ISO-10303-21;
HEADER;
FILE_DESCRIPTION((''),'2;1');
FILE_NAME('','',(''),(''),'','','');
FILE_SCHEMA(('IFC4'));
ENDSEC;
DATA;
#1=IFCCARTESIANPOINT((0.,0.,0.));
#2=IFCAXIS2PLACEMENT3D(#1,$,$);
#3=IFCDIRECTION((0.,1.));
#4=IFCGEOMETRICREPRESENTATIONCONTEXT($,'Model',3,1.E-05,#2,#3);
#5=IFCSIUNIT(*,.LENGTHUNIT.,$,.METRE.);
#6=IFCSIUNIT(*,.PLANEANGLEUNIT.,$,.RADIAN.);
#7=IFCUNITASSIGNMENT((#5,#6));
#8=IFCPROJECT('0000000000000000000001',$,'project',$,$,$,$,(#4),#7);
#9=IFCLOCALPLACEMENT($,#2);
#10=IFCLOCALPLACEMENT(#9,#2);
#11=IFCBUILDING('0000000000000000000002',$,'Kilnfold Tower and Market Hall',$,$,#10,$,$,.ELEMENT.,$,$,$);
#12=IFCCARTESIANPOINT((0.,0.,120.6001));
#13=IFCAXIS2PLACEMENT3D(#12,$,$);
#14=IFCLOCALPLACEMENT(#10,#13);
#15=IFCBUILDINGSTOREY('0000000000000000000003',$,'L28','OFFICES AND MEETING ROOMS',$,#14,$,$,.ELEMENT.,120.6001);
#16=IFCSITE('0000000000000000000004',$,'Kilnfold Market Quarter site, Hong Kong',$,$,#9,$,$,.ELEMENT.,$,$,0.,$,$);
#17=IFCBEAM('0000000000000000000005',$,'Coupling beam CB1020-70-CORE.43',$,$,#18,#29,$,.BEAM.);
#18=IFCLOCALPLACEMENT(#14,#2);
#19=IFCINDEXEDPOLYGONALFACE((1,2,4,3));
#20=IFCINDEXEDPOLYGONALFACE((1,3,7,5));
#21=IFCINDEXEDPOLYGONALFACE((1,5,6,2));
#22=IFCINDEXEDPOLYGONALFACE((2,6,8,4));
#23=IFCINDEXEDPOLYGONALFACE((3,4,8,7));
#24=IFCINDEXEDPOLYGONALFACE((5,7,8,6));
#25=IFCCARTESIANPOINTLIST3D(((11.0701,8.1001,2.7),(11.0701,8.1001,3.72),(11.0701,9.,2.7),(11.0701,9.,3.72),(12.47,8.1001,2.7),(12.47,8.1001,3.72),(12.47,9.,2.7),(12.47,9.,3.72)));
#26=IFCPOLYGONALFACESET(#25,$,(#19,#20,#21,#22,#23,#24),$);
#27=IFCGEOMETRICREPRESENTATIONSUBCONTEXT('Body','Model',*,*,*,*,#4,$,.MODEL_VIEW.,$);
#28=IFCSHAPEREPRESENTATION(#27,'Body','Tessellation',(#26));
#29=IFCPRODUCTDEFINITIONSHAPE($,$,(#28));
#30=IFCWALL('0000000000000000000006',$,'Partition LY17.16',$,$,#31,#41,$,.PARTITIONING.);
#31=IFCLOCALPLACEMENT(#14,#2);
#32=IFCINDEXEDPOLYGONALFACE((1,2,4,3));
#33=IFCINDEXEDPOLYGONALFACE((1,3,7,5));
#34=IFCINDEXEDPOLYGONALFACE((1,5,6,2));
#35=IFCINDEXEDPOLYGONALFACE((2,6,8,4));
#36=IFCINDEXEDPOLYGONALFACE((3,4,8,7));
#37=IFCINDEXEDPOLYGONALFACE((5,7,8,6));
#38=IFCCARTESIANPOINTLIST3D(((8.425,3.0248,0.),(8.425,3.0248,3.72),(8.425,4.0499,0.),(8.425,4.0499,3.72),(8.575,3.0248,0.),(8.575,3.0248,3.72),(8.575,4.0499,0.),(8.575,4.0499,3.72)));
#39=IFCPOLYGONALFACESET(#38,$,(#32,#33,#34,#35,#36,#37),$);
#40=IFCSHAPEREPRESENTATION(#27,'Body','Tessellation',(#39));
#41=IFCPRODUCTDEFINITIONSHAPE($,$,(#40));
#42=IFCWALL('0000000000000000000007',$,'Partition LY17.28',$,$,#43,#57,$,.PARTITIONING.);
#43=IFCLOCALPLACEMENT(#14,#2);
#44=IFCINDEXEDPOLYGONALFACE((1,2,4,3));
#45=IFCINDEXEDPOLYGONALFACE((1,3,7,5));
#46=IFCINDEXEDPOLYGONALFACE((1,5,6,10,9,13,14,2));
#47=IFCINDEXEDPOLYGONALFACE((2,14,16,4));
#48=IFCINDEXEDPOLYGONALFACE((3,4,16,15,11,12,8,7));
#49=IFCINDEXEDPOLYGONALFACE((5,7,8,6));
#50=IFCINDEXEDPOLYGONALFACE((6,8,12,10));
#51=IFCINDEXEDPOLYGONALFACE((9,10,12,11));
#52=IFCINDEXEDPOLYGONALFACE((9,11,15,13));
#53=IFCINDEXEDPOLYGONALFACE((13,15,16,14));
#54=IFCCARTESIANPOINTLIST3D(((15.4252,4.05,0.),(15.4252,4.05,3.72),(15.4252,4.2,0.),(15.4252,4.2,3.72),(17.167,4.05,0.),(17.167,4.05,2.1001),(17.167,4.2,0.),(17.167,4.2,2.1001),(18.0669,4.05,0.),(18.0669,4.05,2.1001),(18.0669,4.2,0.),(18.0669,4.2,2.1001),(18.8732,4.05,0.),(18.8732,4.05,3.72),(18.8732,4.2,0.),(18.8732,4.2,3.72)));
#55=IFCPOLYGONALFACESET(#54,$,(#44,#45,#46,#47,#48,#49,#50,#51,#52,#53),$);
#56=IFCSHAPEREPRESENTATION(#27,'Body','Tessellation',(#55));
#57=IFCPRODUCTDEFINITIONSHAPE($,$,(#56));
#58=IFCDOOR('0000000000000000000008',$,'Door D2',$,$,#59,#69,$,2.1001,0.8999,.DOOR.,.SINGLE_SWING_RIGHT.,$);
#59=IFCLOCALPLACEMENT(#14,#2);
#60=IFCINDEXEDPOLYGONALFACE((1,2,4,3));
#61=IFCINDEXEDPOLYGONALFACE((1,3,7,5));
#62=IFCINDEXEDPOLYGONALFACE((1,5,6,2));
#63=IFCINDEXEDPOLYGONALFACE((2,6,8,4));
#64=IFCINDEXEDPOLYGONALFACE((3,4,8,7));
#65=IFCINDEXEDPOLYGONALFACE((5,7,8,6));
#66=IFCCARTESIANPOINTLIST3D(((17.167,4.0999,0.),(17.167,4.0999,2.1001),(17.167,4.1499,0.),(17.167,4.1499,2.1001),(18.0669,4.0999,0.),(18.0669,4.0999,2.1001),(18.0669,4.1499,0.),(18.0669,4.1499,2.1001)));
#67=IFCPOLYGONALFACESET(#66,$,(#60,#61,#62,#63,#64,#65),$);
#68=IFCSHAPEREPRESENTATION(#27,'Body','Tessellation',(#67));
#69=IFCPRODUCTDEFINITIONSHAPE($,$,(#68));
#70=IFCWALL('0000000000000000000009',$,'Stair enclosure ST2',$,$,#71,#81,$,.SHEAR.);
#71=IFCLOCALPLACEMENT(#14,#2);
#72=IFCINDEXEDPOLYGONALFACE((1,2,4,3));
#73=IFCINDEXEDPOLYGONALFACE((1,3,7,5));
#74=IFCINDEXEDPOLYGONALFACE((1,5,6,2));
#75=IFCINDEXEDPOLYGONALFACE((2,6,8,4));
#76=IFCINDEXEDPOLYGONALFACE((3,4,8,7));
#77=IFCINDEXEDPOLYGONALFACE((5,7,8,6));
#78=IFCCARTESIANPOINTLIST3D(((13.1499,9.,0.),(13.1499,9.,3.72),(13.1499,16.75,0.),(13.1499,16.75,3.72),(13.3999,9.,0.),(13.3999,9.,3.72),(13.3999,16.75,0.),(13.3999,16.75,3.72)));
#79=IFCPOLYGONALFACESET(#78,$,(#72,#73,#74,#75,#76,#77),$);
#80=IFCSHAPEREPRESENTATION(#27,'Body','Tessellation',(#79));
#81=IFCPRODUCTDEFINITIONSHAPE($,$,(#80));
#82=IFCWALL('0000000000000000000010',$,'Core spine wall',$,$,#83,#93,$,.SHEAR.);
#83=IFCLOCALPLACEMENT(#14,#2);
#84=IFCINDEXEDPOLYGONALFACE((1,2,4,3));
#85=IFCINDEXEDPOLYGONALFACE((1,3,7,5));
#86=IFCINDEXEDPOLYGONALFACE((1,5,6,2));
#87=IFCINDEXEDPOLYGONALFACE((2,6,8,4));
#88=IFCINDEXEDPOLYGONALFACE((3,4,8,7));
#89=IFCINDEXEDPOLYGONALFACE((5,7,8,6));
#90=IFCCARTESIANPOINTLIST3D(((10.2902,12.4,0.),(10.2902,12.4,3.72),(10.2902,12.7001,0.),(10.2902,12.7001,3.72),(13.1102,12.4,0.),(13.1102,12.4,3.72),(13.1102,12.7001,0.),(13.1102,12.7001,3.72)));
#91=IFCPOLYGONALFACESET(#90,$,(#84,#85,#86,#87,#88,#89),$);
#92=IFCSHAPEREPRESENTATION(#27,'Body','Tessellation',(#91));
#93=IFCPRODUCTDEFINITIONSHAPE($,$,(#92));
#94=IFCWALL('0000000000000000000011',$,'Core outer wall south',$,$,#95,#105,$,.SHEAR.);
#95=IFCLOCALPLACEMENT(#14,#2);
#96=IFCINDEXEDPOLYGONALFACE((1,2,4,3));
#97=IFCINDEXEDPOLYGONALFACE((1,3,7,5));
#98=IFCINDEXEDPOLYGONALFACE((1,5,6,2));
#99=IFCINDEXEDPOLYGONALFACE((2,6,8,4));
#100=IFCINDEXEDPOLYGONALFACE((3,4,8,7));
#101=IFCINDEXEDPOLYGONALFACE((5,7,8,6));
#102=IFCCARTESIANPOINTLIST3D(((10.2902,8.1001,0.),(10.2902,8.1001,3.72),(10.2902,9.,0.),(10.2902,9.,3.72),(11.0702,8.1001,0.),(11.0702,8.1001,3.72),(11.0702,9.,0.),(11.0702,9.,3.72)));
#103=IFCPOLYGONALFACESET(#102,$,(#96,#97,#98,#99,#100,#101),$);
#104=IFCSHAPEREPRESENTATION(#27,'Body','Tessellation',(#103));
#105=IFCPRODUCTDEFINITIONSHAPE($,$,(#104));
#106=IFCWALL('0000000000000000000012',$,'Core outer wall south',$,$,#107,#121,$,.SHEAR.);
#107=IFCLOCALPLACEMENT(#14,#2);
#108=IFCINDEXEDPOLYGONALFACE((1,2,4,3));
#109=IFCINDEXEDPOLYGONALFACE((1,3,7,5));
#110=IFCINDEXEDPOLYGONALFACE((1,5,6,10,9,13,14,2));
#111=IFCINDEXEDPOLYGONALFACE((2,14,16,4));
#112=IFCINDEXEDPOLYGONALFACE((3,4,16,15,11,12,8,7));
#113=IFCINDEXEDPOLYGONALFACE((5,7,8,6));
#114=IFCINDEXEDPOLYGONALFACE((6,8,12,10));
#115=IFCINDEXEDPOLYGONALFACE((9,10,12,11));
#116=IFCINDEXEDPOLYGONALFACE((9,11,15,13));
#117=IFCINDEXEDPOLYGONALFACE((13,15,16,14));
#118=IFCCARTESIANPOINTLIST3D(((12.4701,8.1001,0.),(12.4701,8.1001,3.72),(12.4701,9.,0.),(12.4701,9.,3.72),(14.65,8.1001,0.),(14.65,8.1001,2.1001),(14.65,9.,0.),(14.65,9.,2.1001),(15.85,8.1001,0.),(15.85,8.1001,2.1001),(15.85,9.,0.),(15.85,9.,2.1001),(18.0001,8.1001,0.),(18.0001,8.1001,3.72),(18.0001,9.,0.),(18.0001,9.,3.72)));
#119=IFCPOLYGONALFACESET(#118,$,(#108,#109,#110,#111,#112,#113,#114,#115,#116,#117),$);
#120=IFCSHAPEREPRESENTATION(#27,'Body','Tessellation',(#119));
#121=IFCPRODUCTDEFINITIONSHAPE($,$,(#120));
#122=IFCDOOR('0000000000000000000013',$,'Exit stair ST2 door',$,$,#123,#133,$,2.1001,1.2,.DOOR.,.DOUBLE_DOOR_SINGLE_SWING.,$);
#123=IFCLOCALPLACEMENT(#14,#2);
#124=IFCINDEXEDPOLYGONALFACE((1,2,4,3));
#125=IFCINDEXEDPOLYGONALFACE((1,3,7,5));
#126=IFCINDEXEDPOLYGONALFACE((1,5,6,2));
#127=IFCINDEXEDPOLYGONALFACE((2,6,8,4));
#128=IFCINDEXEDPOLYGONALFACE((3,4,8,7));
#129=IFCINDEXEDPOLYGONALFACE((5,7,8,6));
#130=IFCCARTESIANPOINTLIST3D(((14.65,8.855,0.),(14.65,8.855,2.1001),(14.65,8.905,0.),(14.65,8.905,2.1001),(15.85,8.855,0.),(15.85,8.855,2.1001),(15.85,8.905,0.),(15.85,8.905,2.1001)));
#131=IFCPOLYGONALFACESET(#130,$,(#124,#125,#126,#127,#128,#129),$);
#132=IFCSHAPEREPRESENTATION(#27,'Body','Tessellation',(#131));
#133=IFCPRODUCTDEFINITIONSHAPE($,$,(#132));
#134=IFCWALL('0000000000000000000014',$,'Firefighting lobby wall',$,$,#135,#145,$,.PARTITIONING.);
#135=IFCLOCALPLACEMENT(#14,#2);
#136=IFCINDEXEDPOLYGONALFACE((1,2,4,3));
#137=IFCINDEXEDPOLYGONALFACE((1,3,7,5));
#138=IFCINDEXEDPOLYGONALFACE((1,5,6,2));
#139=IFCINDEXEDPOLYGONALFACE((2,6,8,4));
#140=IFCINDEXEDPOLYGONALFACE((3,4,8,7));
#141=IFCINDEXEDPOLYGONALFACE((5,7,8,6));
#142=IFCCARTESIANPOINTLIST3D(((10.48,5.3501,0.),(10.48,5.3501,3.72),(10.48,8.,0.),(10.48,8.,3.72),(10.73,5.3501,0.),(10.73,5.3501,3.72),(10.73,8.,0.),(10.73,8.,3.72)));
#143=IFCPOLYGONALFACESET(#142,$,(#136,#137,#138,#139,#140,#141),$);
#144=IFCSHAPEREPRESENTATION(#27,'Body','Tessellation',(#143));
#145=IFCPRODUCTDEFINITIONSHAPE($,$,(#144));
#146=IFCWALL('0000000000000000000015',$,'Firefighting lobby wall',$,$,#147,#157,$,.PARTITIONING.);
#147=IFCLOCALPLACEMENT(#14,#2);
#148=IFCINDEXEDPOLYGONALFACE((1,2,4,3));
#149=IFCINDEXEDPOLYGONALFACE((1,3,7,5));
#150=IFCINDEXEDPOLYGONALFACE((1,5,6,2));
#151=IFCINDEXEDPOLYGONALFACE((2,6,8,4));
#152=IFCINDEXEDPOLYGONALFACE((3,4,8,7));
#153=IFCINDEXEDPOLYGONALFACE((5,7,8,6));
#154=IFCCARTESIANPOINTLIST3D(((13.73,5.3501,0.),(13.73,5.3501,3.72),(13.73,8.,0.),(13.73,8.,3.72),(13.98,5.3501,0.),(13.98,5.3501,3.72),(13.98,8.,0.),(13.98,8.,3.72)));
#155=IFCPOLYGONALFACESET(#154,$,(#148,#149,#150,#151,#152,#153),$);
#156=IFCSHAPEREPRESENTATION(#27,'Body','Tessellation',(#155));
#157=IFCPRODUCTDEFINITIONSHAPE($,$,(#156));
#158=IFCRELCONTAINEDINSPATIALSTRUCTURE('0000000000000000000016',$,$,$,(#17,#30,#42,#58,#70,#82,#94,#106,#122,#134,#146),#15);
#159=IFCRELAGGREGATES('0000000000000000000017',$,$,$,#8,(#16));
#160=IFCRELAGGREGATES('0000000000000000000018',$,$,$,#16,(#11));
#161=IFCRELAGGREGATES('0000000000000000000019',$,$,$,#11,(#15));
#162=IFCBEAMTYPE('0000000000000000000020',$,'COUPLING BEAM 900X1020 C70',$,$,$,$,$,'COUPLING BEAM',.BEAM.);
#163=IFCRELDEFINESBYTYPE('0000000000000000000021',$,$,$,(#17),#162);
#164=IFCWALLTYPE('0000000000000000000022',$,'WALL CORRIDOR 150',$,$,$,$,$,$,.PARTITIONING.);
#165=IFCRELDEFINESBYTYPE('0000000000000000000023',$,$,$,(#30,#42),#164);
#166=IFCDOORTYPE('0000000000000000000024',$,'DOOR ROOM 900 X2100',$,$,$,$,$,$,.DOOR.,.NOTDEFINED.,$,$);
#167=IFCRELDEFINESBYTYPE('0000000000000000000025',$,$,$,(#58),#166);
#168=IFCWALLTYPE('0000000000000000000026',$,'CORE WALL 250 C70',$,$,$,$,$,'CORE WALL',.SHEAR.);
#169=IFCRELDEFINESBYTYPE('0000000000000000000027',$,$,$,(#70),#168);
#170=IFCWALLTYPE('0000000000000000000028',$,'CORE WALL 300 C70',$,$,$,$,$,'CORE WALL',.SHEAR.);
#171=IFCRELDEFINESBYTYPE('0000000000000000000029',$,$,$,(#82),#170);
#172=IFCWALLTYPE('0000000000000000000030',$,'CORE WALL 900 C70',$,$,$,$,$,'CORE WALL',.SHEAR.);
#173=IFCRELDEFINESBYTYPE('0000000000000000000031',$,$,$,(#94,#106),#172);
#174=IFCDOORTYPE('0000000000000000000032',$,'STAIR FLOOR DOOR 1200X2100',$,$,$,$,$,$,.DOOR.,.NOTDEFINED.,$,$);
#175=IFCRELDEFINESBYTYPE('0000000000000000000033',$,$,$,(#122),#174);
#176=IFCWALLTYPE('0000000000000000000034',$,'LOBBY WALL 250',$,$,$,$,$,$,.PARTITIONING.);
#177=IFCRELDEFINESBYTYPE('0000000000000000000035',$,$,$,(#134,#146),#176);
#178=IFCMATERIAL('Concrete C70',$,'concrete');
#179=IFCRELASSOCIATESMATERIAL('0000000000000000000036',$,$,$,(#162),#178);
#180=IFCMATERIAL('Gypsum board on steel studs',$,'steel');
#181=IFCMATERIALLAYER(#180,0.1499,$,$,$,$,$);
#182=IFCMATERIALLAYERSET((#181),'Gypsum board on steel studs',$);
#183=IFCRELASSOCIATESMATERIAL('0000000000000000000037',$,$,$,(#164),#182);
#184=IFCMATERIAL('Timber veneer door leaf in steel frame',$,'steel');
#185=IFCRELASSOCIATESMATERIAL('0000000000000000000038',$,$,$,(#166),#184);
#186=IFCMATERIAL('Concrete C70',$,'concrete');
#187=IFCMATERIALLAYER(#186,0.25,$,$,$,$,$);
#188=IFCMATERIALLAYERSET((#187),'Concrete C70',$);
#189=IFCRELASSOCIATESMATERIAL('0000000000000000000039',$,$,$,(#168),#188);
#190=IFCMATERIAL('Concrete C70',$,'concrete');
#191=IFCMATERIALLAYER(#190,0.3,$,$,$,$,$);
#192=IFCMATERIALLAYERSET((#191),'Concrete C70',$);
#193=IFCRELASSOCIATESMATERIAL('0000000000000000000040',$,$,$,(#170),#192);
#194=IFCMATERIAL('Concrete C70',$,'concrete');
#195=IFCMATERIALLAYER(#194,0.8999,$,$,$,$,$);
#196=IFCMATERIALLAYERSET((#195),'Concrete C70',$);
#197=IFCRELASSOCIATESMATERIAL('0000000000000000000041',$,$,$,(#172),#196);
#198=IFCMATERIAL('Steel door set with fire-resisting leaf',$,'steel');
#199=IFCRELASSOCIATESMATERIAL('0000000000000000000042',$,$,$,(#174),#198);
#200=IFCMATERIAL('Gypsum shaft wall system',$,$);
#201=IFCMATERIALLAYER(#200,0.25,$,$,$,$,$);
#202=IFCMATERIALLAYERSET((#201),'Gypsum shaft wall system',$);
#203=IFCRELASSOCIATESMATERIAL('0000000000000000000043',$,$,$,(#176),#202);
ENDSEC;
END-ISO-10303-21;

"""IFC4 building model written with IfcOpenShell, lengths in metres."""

from ifc_helpers import new_model, si_unit, direction, frame, frame_2d, origin, origin_2d, place, context, subcontext, project, spatial, rectangle, extrude, source, transform, mapped, material, layer, layer_set, material_profile, profile_set, type_object, element, fill, save


model = new_model("IFC4")

# Units and contexts
model_context = context("Model", 3, precision=1e-05, world=origin(), true_north=direction((0.0, 1.0)))
body_context = subcontext(model_context, "Body", "Model", "MODEL_VIEW")
ifc_project = project(units=[si_unit("LENGTHUNIT", "METRE"), si_unit("PLANEANGLEUNIT", "RADIAN")], contexts=[model_context])

# Site, building, storey
site_placement = place(None, origin())
site = spatial("IfcSite", under=ifc_project, at=site_placement, Name="Kilnfold Market Quarter site, Hong Kong", CompositionType="ELEMENT", RefElevation=0.0)
building_placement = place(site_placement, origin())
building = spatial("IfcBuilding", under=site, at=building_placement, Name="Kilnfold Tower and Market Hall", CompositionType="ELEMENT")
storey_placement = place(building_placement, frame((0.0, 0.0, 120.6001)))
storey = spatial("IfcBuildingStorey", under=building, at=storey_placement, Name="L28", Description="OFFICES AND MEETING ROOMS", CompositionType="ELEMENT", Elevation=120.6001)

# Beam
ifc_material_1 = material(Name="Concrete C70", Category="concrete")
ifc_material_profile = material_profile(ifc_material_1, rectangle(XDim=0.8999, YDim=1.02, at=origin_2d()), Name="RC 900x1020")
ifc_profile_set = profile_set([ifc_material_profile], Name="Concrete C70")
beam_type = type_object("IfcBeamType", Name="COUPLING BEAM 900X1020 C70", ElementType="COUPLING BEAM", PredefinedType="BEAM", material=ifc_profile_set)
shared_shape_1 = source(origin(), body_context, "Body", "SweptSolid", [
    extrude(rectangle(XDim=0.8999, YDim=1.02, at=origin_2d()), origin(), (0.0, 0.0, 1.0), 1.3999),
])
beam_placement = place(storey_placement, frame((11.0701, 8.55, 3.21), z_axis=(1.0, 0.0, 0.0), x_axis=(0.0, 1.0, 0.0)))
element("IfcBeam", 1, at=beam_placement, inside=storey, type_object=beam_type, Name="Coupling beam CB1020-70-CORE.43", PredefinedType="BEAM", context=body_context, shape_type="MappedRepresentation", body=[
    mapped(shared_shape_1, transform((0.0, 0.0, 0.0))),
])

# Wall
ifc_material_2 = material(Name="Gypsum board on steel studs", Category="steel")
ifc_layer_1 = layer(ifc_material_2, 0.1499)
ifc_layer_set_1 = layer_set([ifc_layer_1], Name="Gypsum board on steel studs")
wall_type_1 = type_object("IfcWallType", Name="WALL CORRIDOR 150", PredefinedType="PARTITIONING", material=ifc_layer_set_1)
wall_1_placement = place(storey_placement, frame((8.5, 4.05, 0.0), z_axis=(0.0, 0.0, 1.0), x_axis=(0.0, -1.0, 0.0)))
element("IfcWall", 2, at=wall_1_placement, inside=storey, type_object=wall_type_1, Name="Partition LY17.16", PredefinedType="PARTITIONING", context=body_context, shape_type="SweptSolid", body=[
    extrude(rectangle(XDim=1.0251, YDim=0.1499, at=frame_2d((0.5127, 0.0))), origin(), (0.0, 0.0, 1.0), 3.72),
])

# Wall, opening, door
wall_2_placement = place(storey_placement, frame((15.425, 4.125, 0.0), z_axis=(0.0, 0.0, 1.0), x_axis=(1.0, 0.0, 0.0)))
wall_2 = element("IfcWall", 3, at=wall_2_placement, inside=storey, type_object=wall_type_1, Name="Partition LY17.28", PredefinedType="PARTITIONING", context=body_context, shape_type="SweptSolid", body=[
    extrude(rectangle(XDim=3.448, YDim=0.1499, at=frame_2d((1.7241, 0.0))), origin(), (0.0, 0.0, 1.0), 3.72),
])
opening_1_placement = place(wall_2_placement, frame((1.7419, 0.0, 0.0)))
opening_1 = element("IfcOpeningElement", 4, at=opening_1_placement, cuts=wall_2, PredefinedType="OPENING", context=body_context, shape_type="SweptSolid", body=[
    extrude(rectangle(XDim=0.8999, YDim=2.1001, at=frame_2d((0.45, 1.05))), frame((0.0, 0.085, 0.0), z_axis=(0.0, -1.0, 0.0), x_axis=(1.0, 0.0, 0.0)), (0.0, 0.0, 1.0), 0.1699),
])
ifc_material_3 = material(Name="Timber veneer door leaf in steel frame", Category="steel")
door_type_1 = type_object("IfcDoorType", Name="DOOR ROOM 900 X2100", OperationType="NOTDEFINED", PredefinedType="DOOR", material=ifc_material_3)
door_1_placement = place(opening_1_placement, origin())
door_1 = element("IfcDoor", 5, at=door_1_placement, inside=storey, type_object=door_type_1, Name="Door D2", OperationType="SINGLE_SWING_RIGHT", OverallHeight=2.1001, OverallWidth=0.8999, PredefinedType="DOOR", context=body_context, shape_type="SweptSolid", body=[
    extrude(rectangle(XDim=0.8999, YDim=2.1001, at=frame_2d((0.45, 1.05))), frame((0.0, 0.0249, 0.0), z_axis=(0.0, -1.0, 0.0), x_axis=(1.0, 0.0, 0.0)), (0.0, 0.0, 1.0), 0.05),
])
fill(opening_1, door_1)

# Walls
ifc_material_4 = material(Name="Concrete C70", Category="concrete")
ifc_layer_2 = layer(ifc_material_4, 0.25)
ifc_layer_set_2 = layer_set([ifc_layer_2], Name="Concrete C70")
wall_type_2 = type_object("IfcWallType", Name="CORE WALL 250 C70", ElementType="CORE WALL", PredefinedType="SHEAR", material=ifc_layer_set_2)
shared_shape_2 = source(origin(), body_context, "Body", "SweptSolid", [
    extrude(rectangle(XDim=7.75, YDim=0.25, at=frame_2d((3.875, 0.0))), origin(), (0.0, 0.0, 1.0), 3.72),
])
wall_3_placement = place(storey_placement, frame((13.2749, 9.0, 0.0), z_axis=(0.0, 0.0, 1.0), x_axis=(0.0, 1.0, 0.0)))
element("IfcWall", 6, at=wall_3_placement, inside=storey, type_object=wall_type_2, Name="Stair enclosure ST2", PredefinedType="SHEAR", context=body_context, shape_type="MappedRepresentation", body=[
    mapped(shared_shape_2, transform((0.0, 0.0, 0.0))),
])
ifc_material_5 = material(Name="Concrete C70", Category="concrete")
ifc_layer_3 = layer(ifc_material_5, 0.3)
ifc_layer_set_3 = layer_set([ifc_layer_3], Name="Concrete C70")
wall_type_3 = type_object("IfcWallType", Name="CORE WALL 300 C70", ElementType="CORE WALL", PredefinedType="SHEAR", material=ifc_layer_set_3)
shared_shape_3 = source(origin(), body_context, "Body", "SweptSolid", [
    extrude(rectangle(XDim=2.8201, YDim=0.3, at=frame_2d((1.4102, 0.0))), origin(), (0.0, 0.0, 1.0), 3.72),
])
wall_4_placement = place(storey_placement, frame((10.29, 12.55, 0.0), z_axis=(0.0, 0.0, 1.0), x_axis=(1.0, 0.0, 0.0)))
element("IfcWall", 7, at=wall_4_placement, inside=storey, type_object=wall_type_3, Name="Core spine wall", PredefinedType="SHEAR", context=body_context, shape_type="MappedRepresentation", body=[
    mapped(shared_shape_3, transform((0.0, 0.0, 0.0))),
])
ifc_material_6 = material(Name="Concrete C70", Category="concrete")
ifc_layer_4 = layer(ifc_material_6, 0.8999)
ifc_layer_set_4 = layer_set([ifc_layer_4], Name="Concrete C70")
wall_type_4 = type_object("IfcWallType", Name="CORE WALL 900 C70", ElementType="CORE WALL", PredefinedType="SHEAR", material=ifc_layer_set_4)
shared_shape_4 = source(origin(), body_context, "Body", "SweptSolid", [
    extrude(rectangle(XDim=0.78, YDim=0.8999, at=frame_2d((0.3901, 0.0))), origin(), (0.0, 0.0, 1.0), 3.72),
])
wall_5_placement = place(storey_placement, frame((10.29, 8.55, 0.0), z_axis=(0.0, 0.0, 1.0), x_axis=(1.0, 0.0, 0.0)))
element("IfcWall", 8, at=wall_5_placement, inside=storey, type_object=wall_type_4, Name="Core outer wall south", PredefinedType="SHEAR", context=body_context, shape_type="MappedRepresentation", body=[
    mapped(shared_shape_4, transform((0.0, 0.0, 0.0))),
])

# Wall, opening, door
shared_shape_5 = source(origin(), body_context, "Body", "SweptSolid", [
    extrude(rectangle(XDim=5.53, YDim=0.8999, at=frame_2d((2.7651, 0.0))), origin(), (0.0, 0.0, 1.0), 3.72),
])
wall_6_placement = place(storey_placement, frame((12.47, 8.55, 0.0), z_axis=(0.0, 0.0, 1.0), x_axis=(1.0, 0.0, 0.0)))
wall_6 = element("IfcWall", 9, at=wall_6_placement, inside=storey, type_object=wall_type_4, Name="Core outer wall south", PredefinedType="SHEAR", context=body_context, shape_type="MappedRepresentation", body=[
    mapped(shared_shape_5, transform((0.0, 0.0, 0.0))),
])
opening_2_placement = place(wall_6_placement, frame((2.1799, 0.0, 0.0)))
opening_2 = element("IfcOpeningElement", 10, at=opening_2_placement, cuts=wall_6, PredefinedType="OPENING", context=body_context, shape_type="SweptSolid", body=[
    extrude(rectangle(XDim=1.2, YDim=2.1001, at=frame_2d((0.6001, 1.05))), frame((0.0, 0.46, 0.0), z_axis=(0.0, -1.0, 0.0), x_axis=(1.0, 0.0, 0.0)), (0.0, 0.0, 1.0), 0.9199),
])
ifc_material_7 = material(Name="Steel door set with fire-resisting leaf", Category="steel")
door_type_2 = type_object("IfcDoorType", Name="STAIR FLOOR DOOR 1200X2100", OperationType="NOTDEFINED", PredefinedType="DOOR", material=ifc_material_7)
door_2_placement = place(opening_2_placement, origin())
door_2 = element("IfcDoor", 11, at=door_2_placement, inside=storey, type_object=door_type_2, Name="Exit stair ST2 door", OperationType="DOUBLE_DOOR_SINGLE_SWING", OverallHeight=2.1001, OverallWidth=1.2, PredefinedType="DOOR", context=body_context, shape_type="SweptSolid", body=[
    extrude(rectangle(XDim=1.2, YDim=2.1001, at=frame_2d((0.6001, 1.05))), frame((0.0, 0.355, 0.0), z_axis=(0.0, -1.0, 0.0), x_axis=(1.0, 0.0, 0.0)), (0.0, 0.0, 1.0), 0.05),
])
fill(opening_2, door_2)

# Walls
ifc_material_8 = material(Name="Gypsum shaft wall system")
ifc_layer_5 = layer(ifc_material_8, 0.25)
ifc_layer_set_5 = layer_set([ifc_layer_5], Name="Gypsum shaft wall system")
wall_type_5 = type_object("IfcWallType", Name="LOBBY WALL 250", PredefinedType="PARTITIONING", material=ifc_layer_set_5)
shared_shape_6 = source(origin(), body_context, "Body", "SweptSolid", [
    extrude(rectangle(XDim=2.6499, YDim=0.25, at=frame_2d((1.325, 0.0))), origin(), (0.0, 0.0, 1.0), 3.72),
])
for number, where, z_axis, x_axis, name in (
    (12, (10.605, 5.3501, 0.0), (0.0, 0.0, 1.0), (0.0, 1.0, 0.0), "Firefighting lobby wall"),
    (13, (13.855, 5.3501, 0.0), (0.0, 0.0, 1.0), (0.0, 1.0, 0.0), "Firefighting lobby wall"),
):
    element("IfcWall", number, at=place(storey_placement, frame(where, z_axis=z_axis, x_axis=x_axis)), inside=storey, type_object=wall_type_5, Name=name, PredefinedType="PARTITIONING", context=body_context, shape_type="MappedRepresentation", body=[
        mapped(shared_shape_6, transform((0.0, 0.0, 0.0))),
    ])

save(model, "model.ifc")
